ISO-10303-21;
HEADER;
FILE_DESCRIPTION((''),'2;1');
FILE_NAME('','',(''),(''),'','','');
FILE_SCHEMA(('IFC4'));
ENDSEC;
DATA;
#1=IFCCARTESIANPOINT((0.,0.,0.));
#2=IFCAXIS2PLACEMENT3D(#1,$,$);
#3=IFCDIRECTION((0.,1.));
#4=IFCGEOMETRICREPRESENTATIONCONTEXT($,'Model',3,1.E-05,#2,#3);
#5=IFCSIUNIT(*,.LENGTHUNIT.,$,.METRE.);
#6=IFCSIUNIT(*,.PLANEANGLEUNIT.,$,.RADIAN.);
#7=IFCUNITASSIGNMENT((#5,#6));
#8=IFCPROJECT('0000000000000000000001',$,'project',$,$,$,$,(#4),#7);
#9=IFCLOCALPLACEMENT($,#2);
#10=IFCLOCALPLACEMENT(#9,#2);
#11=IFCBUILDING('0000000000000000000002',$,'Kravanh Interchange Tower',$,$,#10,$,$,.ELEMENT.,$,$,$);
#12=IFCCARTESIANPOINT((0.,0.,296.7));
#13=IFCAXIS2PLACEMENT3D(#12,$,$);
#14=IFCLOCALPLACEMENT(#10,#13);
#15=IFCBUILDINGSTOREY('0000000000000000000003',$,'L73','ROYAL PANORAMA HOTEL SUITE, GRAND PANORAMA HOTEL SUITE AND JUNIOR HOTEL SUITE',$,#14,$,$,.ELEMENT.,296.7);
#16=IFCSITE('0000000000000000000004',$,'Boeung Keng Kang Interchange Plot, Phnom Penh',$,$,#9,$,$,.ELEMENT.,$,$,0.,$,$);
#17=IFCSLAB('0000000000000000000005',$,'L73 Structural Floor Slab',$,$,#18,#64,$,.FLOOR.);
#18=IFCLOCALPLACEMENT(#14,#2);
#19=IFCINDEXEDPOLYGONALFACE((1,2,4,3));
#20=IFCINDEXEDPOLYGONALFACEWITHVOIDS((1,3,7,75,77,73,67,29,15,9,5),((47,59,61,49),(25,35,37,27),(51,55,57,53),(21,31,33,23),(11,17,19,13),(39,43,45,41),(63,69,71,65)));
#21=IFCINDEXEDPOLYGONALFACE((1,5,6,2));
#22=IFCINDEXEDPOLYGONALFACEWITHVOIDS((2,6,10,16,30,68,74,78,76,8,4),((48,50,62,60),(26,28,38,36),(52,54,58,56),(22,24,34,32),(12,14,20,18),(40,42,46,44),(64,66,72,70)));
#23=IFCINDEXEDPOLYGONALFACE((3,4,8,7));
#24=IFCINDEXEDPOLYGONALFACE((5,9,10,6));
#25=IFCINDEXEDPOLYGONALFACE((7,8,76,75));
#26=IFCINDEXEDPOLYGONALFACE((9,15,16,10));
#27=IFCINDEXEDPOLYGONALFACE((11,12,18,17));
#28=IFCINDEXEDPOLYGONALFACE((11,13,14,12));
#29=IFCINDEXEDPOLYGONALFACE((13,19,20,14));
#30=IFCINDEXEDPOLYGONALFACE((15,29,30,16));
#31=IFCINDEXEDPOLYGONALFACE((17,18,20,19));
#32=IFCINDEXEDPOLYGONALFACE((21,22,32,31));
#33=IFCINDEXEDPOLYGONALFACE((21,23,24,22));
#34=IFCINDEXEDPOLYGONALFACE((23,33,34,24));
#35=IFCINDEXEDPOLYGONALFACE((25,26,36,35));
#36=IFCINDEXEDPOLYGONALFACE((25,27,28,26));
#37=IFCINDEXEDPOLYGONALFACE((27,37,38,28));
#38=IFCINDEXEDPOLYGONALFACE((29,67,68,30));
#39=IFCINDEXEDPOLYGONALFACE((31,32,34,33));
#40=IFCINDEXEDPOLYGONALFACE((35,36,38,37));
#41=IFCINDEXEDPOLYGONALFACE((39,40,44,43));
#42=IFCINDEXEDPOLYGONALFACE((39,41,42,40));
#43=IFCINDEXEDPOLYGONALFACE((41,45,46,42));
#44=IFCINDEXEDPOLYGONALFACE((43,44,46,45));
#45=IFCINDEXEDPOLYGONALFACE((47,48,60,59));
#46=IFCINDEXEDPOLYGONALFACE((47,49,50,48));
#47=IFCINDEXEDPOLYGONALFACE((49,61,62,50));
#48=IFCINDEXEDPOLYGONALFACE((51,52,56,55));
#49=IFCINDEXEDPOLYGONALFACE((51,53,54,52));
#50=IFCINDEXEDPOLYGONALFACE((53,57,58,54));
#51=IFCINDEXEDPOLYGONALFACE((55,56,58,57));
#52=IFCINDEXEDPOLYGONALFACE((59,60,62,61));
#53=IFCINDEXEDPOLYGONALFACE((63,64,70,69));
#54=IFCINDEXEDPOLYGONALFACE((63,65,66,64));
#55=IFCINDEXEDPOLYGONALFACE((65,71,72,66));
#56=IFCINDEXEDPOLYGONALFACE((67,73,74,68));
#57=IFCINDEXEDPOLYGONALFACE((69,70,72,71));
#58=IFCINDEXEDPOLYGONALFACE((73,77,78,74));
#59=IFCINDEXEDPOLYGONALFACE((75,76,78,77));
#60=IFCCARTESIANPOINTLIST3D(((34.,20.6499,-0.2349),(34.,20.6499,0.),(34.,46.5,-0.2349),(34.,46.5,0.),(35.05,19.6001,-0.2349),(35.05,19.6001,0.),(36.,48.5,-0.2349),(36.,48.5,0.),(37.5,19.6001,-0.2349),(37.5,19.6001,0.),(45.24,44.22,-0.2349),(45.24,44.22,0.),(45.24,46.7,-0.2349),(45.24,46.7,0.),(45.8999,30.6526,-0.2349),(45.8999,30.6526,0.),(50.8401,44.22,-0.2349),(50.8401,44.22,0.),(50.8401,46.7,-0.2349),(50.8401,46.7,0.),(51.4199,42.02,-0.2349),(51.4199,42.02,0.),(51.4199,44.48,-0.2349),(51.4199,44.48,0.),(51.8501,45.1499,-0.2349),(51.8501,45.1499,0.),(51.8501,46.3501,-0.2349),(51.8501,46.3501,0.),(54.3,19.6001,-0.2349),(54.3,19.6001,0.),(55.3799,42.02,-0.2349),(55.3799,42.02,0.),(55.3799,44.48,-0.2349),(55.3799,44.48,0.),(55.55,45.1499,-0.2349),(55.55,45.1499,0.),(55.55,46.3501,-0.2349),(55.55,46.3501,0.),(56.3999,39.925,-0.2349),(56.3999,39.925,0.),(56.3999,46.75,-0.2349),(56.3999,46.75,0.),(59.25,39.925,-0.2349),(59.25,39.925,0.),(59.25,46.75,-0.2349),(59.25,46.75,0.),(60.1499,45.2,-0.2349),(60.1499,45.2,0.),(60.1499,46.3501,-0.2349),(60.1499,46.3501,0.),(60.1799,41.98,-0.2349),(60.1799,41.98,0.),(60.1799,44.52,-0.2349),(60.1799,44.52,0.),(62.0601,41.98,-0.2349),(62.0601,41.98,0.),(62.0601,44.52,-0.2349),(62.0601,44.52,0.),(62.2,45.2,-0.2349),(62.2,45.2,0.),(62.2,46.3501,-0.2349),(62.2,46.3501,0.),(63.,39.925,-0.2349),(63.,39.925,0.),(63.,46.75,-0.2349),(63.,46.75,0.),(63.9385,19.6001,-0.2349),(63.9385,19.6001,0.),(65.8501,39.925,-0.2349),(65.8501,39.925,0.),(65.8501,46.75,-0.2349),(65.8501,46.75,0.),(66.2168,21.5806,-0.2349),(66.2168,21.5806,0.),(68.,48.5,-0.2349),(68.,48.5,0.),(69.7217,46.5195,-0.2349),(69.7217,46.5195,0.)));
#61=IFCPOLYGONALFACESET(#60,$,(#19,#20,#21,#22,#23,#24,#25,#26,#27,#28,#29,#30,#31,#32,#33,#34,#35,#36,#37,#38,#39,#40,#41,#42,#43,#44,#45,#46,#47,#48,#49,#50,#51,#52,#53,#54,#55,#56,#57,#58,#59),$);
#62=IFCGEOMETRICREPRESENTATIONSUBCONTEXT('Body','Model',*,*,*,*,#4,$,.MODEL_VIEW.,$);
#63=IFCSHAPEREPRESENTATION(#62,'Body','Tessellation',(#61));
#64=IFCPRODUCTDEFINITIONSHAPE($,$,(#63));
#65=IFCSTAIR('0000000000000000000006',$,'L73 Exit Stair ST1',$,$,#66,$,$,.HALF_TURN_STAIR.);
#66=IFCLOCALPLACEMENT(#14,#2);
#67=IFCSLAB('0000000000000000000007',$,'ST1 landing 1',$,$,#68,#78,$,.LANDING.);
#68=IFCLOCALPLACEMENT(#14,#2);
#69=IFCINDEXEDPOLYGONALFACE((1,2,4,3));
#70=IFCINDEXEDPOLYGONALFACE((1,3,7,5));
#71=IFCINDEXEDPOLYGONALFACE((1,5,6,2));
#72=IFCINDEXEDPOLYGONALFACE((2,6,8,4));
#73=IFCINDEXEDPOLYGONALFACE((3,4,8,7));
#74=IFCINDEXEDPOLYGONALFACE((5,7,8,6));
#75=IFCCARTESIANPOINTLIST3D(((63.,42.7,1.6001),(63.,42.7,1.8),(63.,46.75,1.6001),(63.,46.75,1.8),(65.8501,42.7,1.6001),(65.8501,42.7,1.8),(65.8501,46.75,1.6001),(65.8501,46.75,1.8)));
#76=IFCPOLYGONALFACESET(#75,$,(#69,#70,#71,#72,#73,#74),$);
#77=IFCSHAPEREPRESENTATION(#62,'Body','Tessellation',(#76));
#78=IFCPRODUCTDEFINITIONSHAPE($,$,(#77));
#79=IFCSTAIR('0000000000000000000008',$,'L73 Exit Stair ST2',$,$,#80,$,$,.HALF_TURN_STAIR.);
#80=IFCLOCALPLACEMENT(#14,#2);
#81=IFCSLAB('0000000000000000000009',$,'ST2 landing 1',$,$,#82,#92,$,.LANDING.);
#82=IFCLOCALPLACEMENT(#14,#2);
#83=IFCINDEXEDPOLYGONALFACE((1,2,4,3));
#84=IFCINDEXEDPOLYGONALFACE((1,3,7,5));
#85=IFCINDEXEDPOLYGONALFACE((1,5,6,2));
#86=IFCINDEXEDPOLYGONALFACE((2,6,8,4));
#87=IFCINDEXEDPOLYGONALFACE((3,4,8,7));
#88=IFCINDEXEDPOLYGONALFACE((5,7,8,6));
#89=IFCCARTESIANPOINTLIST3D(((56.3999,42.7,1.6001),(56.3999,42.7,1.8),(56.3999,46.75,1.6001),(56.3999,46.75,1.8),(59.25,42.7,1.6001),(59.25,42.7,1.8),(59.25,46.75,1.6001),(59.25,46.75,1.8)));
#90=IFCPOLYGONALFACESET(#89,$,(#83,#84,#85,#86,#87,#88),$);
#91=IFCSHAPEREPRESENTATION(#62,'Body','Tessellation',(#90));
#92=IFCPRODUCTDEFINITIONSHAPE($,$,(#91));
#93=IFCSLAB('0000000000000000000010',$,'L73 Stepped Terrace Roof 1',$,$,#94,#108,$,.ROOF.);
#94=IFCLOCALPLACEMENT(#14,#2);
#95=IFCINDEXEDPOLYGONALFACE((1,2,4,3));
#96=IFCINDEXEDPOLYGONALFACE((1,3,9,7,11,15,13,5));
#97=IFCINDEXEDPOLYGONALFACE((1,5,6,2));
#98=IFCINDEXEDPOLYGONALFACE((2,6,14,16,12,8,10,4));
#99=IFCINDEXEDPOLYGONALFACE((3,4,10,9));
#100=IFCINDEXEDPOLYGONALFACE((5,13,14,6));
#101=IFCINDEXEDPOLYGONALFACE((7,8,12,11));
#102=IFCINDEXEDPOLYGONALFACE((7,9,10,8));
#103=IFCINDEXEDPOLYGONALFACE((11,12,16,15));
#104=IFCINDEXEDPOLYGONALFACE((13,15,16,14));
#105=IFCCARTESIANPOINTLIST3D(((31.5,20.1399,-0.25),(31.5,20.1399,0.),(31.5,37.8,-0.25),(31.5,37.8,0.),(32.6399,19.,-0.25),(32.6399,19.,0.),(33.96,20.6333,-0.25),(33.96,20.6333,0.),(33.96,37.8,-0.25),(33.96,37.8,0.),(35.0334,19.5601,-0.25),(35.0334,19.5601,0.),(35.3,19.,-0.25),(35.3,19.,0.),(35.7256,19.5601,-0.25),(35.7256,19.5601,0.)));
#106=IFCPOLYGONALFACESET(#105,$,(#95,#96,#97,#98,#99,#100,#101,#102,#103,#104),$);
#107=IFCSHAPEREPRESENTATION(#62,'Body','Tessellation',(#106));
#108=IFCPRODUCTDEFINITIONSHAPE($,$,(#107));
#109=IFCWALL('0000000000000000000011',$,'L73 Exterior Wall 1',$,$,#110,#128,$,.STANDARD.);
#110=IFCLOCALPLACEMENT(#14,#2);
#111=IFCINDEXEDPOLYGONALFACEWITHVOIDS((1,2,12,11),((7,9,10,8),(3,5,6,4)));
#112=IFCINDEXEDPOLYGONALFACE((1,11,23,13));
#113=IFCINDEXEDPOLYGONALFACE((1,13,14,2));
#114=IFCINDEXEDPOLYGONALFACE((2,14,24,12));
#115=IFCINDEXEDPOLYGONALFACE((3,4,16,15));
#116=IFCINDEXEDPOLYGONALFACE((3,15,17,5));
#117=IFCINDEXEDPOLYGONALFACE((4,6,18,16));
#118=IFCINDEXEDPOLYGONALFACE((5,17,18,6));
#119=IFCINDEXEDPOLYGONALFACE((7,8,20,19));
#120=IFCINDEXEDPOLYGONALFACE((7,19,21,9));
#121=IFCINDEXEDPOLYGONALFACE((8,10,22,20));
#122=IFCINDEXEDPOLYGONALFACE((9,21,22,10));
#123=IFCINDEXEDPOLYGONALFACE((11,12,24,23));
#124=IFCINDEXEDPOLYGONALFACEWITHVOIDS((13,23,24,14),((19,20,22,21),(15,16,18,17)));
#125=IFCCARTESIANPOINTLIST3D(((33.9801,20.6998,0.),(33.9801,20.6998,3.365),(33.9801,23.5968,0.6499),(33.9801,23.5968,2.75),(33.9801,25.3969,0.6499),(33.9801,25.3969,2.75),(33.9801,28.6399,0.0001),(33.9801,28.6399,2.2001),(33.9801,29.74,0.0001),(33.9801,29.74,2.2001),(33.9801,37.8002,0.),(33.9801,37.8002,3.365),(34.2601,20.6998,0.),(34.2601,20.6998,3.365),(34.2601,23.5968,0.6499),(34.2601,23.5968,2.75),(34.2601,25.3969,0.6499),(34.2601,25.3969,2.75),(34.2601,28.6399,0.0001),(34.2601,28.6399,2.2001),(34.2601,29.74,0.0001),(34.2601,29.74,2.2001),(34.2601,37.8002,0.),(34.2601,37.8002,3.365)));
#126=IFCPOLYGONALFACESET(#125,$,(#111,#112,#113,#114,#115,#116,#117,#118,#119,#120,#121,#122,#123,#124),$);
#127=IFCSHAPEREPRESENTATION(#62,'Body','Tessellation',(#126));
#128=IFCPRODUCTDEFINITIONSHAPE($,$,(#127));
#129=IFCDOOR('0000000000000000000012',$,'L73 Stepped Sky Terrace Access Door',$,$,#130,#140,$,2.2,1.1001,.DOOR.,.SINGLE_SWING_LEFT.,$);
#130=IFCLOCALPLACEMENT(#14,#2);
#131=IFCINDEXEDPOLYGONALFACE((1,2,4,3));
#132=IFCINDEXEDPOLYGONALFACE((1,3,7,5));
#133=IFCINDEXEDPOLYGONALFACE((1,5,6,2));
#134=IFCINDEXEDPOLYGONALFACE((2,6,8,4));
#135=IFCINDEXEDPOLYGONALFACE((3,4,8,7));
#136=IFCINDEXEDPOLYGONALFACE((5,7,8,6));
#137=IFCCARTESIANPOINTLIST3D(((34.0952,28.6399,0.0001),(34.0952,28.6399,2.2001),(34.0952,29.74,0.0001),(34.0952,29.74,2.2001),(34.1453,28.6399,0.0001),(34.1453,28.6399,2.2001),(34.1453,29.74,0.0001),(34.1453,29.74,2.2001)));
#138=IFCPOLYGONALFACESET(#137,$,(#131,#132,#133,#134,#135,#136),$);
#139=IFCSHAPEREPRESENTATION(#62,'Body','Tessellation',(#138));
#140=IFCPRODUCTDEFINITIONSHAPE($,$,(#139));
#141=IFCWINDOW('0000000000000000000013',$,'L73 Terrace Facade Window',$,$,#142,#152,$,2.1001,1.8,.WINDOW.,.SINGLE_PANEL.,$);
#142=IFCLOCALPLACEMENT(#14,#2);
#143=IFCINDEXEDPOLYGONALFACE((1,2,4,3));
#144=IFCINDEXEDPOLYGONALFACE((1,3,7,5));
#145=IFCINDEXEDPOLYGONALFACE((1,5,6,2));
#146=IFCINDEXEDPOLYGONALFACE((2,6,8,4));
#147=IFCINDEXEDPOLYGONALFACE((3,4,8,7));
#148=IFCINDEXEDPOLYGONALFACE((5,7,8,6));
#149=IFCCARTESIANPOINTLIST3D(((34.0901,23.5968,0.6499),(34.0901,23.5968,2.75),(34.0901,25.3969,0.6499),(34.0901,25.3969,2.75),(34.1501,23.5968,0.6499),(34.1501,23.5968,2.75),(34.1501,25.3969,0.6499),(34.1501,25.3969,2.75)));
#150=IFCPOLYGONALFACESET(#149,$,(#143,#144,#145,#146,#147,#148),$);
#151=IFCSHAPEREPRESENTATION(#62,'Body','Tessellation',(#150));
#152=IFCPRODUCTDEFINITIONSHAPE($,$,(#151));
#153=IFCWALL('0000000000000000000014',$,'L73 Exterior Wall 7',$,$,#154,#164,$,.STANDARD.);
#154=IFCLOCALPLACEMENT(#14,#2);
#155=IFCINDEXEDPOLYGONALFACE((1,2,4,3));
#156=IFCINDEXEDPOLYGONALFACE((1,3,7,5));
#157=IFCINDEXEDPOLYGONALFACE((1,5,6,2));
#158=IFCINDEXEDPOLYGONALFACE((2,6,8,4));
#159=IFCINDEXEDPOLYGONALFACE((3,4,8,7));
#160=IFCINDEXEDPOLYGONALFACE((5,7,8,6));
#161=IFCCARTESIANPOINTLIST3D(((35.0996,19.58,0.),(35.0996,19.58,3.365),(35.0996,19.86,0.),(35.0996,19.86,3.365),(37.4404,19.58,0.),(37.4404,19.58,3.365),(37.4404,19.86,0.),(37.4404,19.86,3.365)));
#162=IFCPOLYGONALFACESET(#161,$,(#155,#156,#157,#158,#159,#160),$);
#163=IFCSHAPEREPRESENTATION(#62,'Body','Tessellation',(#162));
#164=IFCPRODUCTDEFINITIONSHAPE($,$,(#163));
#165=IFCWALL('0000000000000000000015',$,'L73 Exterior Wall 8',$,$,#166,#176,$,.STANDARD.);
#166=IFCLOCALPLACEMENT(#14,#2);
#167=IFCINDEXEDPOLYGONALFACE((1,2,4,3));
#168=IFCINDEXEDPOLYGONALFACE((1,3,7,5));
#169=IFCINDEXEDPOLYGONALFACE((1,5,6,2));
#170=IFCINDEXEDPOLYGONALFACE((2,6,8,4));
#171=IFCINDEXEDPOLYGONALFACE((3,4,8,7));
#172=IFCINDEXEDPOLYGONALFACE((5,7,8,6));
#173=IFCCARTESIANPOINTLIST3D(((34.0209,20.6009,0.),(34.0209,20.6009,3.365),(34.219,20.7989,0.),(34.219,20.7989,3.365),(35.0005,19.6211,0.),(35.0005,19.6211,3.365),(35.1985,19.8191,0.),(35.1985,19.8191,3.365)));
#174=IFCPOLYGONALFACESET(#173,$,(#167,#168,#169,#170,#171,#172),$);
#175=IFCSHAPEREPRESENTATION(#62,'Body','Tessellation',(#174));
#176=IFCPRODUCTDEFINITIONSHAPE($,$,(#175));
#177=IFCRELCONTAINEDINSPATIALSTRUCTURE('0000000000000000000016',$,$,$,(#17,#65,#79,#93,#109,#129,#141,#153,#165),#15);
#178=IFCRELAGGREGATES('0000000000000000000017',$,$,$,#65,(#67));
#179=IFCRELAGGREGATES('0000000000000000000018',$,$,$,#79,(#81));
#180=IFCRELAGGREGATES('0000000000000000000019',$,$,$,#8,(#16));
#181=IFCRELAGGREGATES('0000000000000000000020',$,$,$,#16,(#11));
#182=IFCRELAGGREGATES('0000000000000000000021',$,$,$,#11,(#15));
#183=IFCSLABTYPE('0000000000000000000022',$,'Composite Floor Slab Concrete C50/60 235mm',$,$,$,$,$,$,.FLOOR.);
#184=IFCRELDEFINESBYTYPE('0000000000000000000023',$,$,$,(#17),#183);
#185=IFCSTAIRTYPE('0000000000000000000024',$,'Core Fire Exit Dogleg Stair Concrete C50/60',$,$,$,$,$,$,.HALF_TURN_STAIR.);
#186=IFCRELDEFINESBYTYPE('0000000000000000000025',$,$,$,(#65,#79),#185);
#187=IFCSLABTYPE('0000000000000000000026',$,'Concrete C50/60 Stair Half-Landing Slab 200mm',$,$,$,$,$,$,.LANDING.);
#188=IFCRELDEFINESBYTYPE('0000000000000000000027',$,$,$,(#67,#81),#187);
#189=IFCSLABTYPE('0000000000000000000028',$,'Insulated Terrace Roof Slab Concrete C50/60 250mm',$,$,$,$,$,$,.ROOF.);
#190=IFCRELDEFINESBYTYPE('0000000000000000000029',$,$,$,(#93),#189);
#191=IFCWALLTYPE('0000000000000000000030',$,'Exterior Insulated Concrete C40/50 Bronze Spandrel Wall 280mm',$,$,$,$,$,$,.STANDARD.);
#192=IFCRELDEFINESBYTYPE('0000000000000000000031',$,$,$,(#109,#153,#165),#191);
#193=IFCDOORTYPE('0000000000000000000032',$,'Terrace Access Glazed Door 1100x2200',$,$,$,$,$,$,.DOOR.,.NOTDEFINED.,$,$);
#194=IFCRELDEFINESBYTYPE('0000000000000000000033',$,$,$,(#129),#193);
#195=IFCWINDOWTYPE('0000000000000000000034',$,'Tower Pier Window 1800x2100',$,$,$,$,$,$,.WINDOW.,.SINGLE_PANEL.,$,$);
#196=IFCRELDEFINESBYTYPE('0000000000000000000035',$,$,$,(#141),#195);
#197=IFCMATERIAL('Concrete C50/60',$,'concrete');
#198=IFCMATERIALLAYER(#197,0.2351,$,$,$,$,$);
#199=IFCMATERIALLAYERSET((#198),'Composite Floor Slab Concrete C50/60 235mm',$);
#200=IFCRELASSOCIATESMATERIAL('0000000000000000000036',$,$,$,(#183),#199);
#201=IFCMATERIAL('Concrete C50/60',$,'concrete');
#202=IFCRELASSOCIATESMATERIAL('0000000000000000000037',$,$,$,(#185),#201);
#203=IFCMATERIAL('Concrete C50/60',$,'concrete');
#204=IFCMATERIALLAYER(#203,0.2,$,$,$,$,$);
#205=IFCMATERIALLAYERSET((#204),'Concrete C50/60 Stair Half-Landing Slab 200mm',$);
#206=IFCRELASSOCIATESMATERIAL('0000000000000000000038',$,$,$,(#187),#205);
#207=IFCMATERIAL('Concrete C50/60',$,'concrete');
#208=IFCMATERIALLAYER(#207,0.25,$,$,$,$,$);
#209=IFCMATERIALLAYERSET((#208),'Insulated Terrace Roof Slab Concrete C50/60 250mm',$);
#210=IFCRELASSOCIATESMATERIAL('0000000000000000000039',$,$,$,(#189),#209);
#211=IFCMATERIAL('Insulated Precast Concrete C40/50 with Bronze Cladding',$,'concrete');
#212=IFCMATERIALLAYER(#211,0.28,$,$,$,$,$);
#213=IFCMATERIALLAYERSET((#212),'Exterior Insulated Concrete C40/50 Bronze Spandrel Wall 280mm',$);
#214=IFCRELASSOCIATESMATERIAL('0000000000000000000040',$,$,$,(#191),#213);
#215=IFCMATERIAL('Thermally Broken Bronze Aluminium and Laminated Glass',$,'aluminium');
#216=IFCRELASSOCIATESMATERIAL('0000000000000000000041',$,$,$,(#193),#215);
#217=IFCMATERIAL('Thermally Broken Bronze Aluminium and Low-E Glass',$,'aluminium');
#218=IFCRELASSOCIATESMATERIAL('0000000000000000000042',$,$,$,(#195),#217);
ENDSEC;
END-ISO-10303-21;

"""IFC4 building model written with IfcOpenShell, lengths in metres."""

from ifc_helpers import new_model, si_unit, direction, frame, frame_2d, origin, place, context, subcontext, project, spatial, polyline, rectangle, outline, extrude, material, layer, layer_set, type_object, element, fill, aggregate, save


model = new_model("IFC4")

# Units and contexts
model_context = context("Model", 3, precision=1e-05, world=origin(), true_north=direction((0.0, 1.0)))
body_context = subcontext(model_context, "Body", "Model", "MODEL_VIEW")
ifc_project = project(units=[si_unit("LENGTHUNIT", "METRE"), si_unit("PLANEANGLEUNIT", "RADIAN")], contexts=[model_context])

# Site, building, storey
site_placement = place(None, origin())
site = spatial("IfcSite", under=ifc_project, at=site_placement, Name="Boeung Keng Kang Interchange Plot, Phnom Penh", CompositionType="ELEMENT", RefElevation=0.0)
building_placement = place(site_placement, origin())
building = spatial("IfcBuilding", under=site, at=building_placement, Name="Kravanh Interchange Tower", CompositionType="ELEMENT")
storey_placement = place(building_placement, frame((0.0, 0.0, 296.7)))
storey = spatial("IfcBuildingStorey", under=building, at=storey_placement, Name="L73", Description="ROYAL PANORAMA HOTEL SUITE, GRAND PANORAMA HOTEL SUITE AND JUNIOR HOTEL SUITE", CompositionType="ELEMENT", Elevation=296.7)

# Slab
ifc_material_1 = material(Name="Concrete C50/60", Category="concrete")
ifc_layer_1 = layer(ifc_material_1, 0.2351)
ifc_layer_set_1 = layer_set([ifc_layer_1], Name="Composite Floor Slab Concrete C50/60 235mm")
slab_type_1 = type_object("IfcSlabType", Name="Composite Floor Slab Concrete C50/60 235mm", PredefinedType="FLOOR", material=ifc_layer_set_1)
slab_1_placement = place(storey_placement, frame((0.0, 0.0, -0.2349)))
element("IfcSlab", 1, at=slab_1_placement, inside=storey, type_object=slab_type_1, Name="L73 Structural Floor Slab", PredefinedType="FLOOR", context=body_context, shape_type="SweptSolid", body=[
    extrude(outline(polyline([(34.0, 20.6499), (35.05, 19.6001), (37.5, 19.6001), (45.8999, 30.6526), (54.3, 19.6001), (63.9385, 19.6001), (66.2168, 21.5806), (69.7217, 46.5195), (68.0, 48.5), (36.0, 48.5), (34.0, 46.5), (34.0, 20.6499)]), holes=[polyline([(65.8501, 39.925), (65.8501, 46.75), (63.0, 46.75), (63.0, 39.925), (65.8501, 39.925)]), polyline([(59.25, 39.925), (59.25, 46.75), (56.3999, 46.75), (56.3999, 39.925), (59.25, 39.925)]), polyline([(45.24, 44.22), (50.8401, 44.22), (50.8401, 46.7), (45.24, 46.7), (45.24, 44.22)]), polyline([(51.4199, 42.02), (55.3799, 42.02), (55.3799, 44.48), (51.4199, 44.48), (51.4199, 42.02)]), polyline([(60.1799, 41.98), (62.0601, 41.98), (62.0601, 44.52), (60.1799, 44.52), (60.1799, 41.98)]), polyline([(60.1499, 45.2), (62.2, 45.2), (62.2, 46.3501), (60.1499, 46.3501), (60.1499, 45.2)]), polyline([(51.8501, 45.1499), (55.55, 45.1499), (55.55, 46.3501), (51.8501, 46.3501), (51.8501, 45.1499)])]), origin(), (0.0, 0.0, 1.0), 0.2349),
])

# Stairs, slabs
ifc_material_2 = material(Name="Concrete C50/60", Category="concrete")
stair_type = type_object("IfcStairType", Name="Core Fire Exit Dogleg Stair Concrete C50/60", PredefinedType="HALF_TURN_STAIR", material=ifc_material_2)
stair_1_placement = place(storey_placement, origin())
stair_1 = element("IfcStair", 2, at=stair_1_placement, inside=storey, type_object=stair_type, Name="L73 Exit Stair ST1", PredefinedType="HALF_TURN_STAIR")
ifc_material_3 = material(Name="Concrete C50/60", Category="concrete")
ifc_layer_2 = layer(ifc_material_3, 0.2)
ifc_layer_set_2 = layer_set([ifc_layer_2], Name="Concrete C50/60 Stair Half-Landing Slab 200mm")
slab_type_2 = type_object("IfcSlabType", Name="Concrete C50/60 Stair Half-Landing Slab 200mm", PredefinedType="LANDING", material=ifc_layer_set_2)
slab_2_placement = place(storey_placement, frame((0.0, 0.0, 1.6001)))
slab_2 = element("IfcSlab", 3, at=slab_2_placement, type_object=slab_type_2, Name="ST1 landing 1", PredefinedType="LANDING", context=body_context, shape_type="SweptSolid", body=[
    extrude(outline(polyline([(65.8501, 42.7), (65.8501, 46.75), (63.0, 46.75), (63.0, 42.7), (65.8501, 42.7)])), origin(), (0.0, 0.0, 1.0), 0.2),
])
aggregate(stair_1, [slab_2])
stair_2_placement = place(storey_placement, origin())
stair_2 = element("IfcStair", 4, at=stair_2_placement, inside=storey, type_object=stair_type, Name="L73 Exit Stair ST2", PredefinedType="HALF_TURN_STAIR")
slab_3_placement = place(storey_placement, frame((0.0, 0.0, 1.6001)))
slab_3 = element("IfcSlab", 5, at=slab_3_placement, type_object=slab_type_2, Name="ST2 landing 1", PredefinedType="LANDING", context=body_context, shape_type="SweptSolid", body=[
    extrude(outline(polyline([(59.25, 42.7), (59.25, 46.75), (56.3999, 46.75), (56.3999, 42.7), (59.25, 42.7)])), origin(), (0.0, 0.0, 1.0), 0.2),
])
aggregate(stair_2, [slab_3])

# Slab
ifc_material_4 = material(Name="Concrete C50/60", Category="concrete")
ifc_layer_3 = layer(ifc_material_4, 0.25)
ifc_layer_set_3 = layer_set([ifc_layer_3], Name="Insulated Terrace Roof Slab Concrete C50/60 250mm")
slab_type_3 = type_object("IfcSlabType", Name="Insulated Terrace Roof Slab Concrete C50/60 250mm", PredefinedType="ROOF", material=ifc_layer_set_3)
slab_4_placement = place(storey_placement, frame((0.0, 0.0, -0.25)))
element("IfcSlab", 6, at=slab_4_placement, inside=storey, type_object=slab_type_3, Name="L73 Stepped Terrace Roof 1", PredefinedType="ROOF", context=body_context, shape_type="SweptSolid", body=[
    extrude(outline(polyline([(32.6399, 19.0), (31.5, 20.1399), (31.5, 37.8), (33.96, 37.8), (33.96, 20.6333), (35.0334, 19.5601), (35.7256, 19.5601), (35.3, 19.0), (32.6399, 19.0)])), origin(), (0.0, 0.0, 1.0), 0.25),
])

# Wall, openings, door, window
ifc_material_5 = material(Name="Insulated Precast Concrete C40/50 with Bronze Cladding", Category="concrete")
ifc_layer_4 = layer(ifc_material_5, 0.28)
ifc_layer_set_4 = layer_set([ifc_layer_4], Name="Exterior Insulated Concrete C40/50 Bronze Spandrel Wall 280mm")
wall_type = type_object("IfcWallType", Name="Exterior Insulated Concrete C40/50 Bronze Spandrel Wall 280mm", PredefinedType="STANDARD", material=ifc_layer_set_4)
wall_1_placement = place(storey_placement, frame((34.1201, 20.6997, 0.0), z_axis=(0.0, 0.0, 1.0), x_axis=(0.0, 1.0, 0.0)))
wall_1 = element("IfcWall", 7, at=wall_1_placement, inside=storey, type_object=wall_type, Name="L73 Exterior Wall 1", PredefinedType="STANDARD", context=body_context, shape_type="SweptSolid", body=[
    extrude(rectangle(XDim=17.1003, YDim=0.28, at=frame_2d((8.5503, 0.0))), origin(), (0.0, 0.0, 1.0), 3.365),
])
opening_1_placement = place(wall_1_placement, frame((7.9402, 0.0, 0.0)))
opening_1 = element("IfcOpeningElement", 8, at=opening_1_placement, cuts=wall_1, PredefinedType="OPENING", context=body_context, shape_type="SweptSolid", body=[
    extrude(rectangle(XDim=1.1001, YDim=2.2, at=frame_2d((0.55, 1.1001))), frame((0.0, 0.1499, 0.0), z_axis=(0.0, -1.0, 0.0), x_axis=(1.0, 0.0, 0.0)), (0.0, 0.0, 1.0), 0.3),
])
opening_2_placement = place(wall_1_placement, frame((2.8972, 0.0, 0.6499)))
opening_2 = element("IfcOpeningElement", 9, at=opening_2_placement, cuts=wall_1, PredefinedType="OPENING", context=body_context, shape_type="SweptSolid", body=[
    extrude(rectangle(XDim=1.8, YDim=2.1001, at=frame_2d((0.8999, 1.05))), frame((0.0, 0.1499, 0.0), z_axis=(0.0, -1.0, 0.0), x_axis=(1.0, 0.0, 0.0)), (0.0, 0.0, 1.0), 0.3),
])
ifc_material_6 = material(Name="Thermally Broken Bronze Aluminium and Laminated Glass", Category="aluminium")
door_type = type_object("IfcDoorType", Name="Terrace Access Glazed Door 1100x2200", OperationType="NOTDEFINED", PredefinedType="DOOR", material=ifc_material_6)
door_placement = place(opening_1_placement, origin())
door = element("IfcDoor", 10, at=door_placement, inside=storey, type_object=door_type, Name="L73 Stepped Sky Terrace Access Door", OperationType="SINGLE_SWING_LEFT", OverallHeight=2.2, OverallWidth=1.1001, PredefinedType="DOOR", context=body_context, shape_type="SweptSolid", body=[
    extrude(rectangle(XDim=1.1001, YDim=2.2, at=frame_2d((0.55, 1.1001))), frame((0.0, 0.0249, 0.0), z_axis=(0.0, -1.0, 0.0), x_axis=(1.0, 0.0, 0.0)), (0.0, 0.0, 1.0), 0.05),
])
fill(opening_1, door)
ifc_material_7 = material(Name="Thermally Broken Bronze Aluminium and Low-E Glass", Category="aluminium")
window_type = type_object("IfcWindowType", Name="Tower Pier Window 1800x2100", PartitioningType="SINGLE_PANEL", PredefinedType="WINDOW", material=ifc_material_7)
window_placement = place(opening_2_placement, origin())
window = element("IfcWindow", 11, at=window_placement, inside=storey, type_object=window_type, Name="L73 Terrace Facade Window", OverallHeight=2.1001, OverallWidth=1.8, PartitioningType="SINGLE_PANEL", PredefinedType="WINDOW", context=body_context, shape_type="SweptSolid", body=[
    extrude(rectangle(XDim=1.8, YDim=2.1001, at=frame_2d((0.8999, 1.05))), frame((0.0, 0.03, 0.0), z_axis=(0.0, -1.0, 0.0), x_axis=(1.0, 0.0, 0.0)), (0.0, 0.0, 1.0), 0.0601),
])
fill(opening_2, window)

# Walls
wall_2_placement = place(storey_placement, frame((37.4404, 19.72, 0.0), z_axis=(0.0, 0.0, 1.0), x_axis=(-1.0, 0.0, 0.0)))
element("IfcWall", 12, at=wall_2_placement, inside=storey, type_object=wall_type, Name="L73 Exterior Wall 7", PredefinedType="STANDARD", context=body_context, shape_type="SweptSolid", body=[
    extrude(rectangle(XDim=2.3408, YDim=0.28, at=frame_2d((1.1704, 0.0))), origin(), (0.0, 0.0, 1.0), 3.365),
])
wall_3_placement = place(storey_placement, frame((35.0996, 19.72, 0.0), z_axis=(0.0, 0.0, 1.0), x_axis=(-0.707019, 0.707195, 0.0)))
element("IfcWall", 13, at=wall_3_placement, inside=storey, type_object=wall_type, Name="L73 Exterior Wall 8", PredefinedType="STANDARD", context=body_context, shape_type="SweptSolid", body=[
    extrude(rectangle(XDim=1.3855, YDim=0.28, at=frame_2d((0.6929, 0.0))), origin(), (0.0, 0.0, 1.0), 3.365),
])

save(model, "model.ifc")
